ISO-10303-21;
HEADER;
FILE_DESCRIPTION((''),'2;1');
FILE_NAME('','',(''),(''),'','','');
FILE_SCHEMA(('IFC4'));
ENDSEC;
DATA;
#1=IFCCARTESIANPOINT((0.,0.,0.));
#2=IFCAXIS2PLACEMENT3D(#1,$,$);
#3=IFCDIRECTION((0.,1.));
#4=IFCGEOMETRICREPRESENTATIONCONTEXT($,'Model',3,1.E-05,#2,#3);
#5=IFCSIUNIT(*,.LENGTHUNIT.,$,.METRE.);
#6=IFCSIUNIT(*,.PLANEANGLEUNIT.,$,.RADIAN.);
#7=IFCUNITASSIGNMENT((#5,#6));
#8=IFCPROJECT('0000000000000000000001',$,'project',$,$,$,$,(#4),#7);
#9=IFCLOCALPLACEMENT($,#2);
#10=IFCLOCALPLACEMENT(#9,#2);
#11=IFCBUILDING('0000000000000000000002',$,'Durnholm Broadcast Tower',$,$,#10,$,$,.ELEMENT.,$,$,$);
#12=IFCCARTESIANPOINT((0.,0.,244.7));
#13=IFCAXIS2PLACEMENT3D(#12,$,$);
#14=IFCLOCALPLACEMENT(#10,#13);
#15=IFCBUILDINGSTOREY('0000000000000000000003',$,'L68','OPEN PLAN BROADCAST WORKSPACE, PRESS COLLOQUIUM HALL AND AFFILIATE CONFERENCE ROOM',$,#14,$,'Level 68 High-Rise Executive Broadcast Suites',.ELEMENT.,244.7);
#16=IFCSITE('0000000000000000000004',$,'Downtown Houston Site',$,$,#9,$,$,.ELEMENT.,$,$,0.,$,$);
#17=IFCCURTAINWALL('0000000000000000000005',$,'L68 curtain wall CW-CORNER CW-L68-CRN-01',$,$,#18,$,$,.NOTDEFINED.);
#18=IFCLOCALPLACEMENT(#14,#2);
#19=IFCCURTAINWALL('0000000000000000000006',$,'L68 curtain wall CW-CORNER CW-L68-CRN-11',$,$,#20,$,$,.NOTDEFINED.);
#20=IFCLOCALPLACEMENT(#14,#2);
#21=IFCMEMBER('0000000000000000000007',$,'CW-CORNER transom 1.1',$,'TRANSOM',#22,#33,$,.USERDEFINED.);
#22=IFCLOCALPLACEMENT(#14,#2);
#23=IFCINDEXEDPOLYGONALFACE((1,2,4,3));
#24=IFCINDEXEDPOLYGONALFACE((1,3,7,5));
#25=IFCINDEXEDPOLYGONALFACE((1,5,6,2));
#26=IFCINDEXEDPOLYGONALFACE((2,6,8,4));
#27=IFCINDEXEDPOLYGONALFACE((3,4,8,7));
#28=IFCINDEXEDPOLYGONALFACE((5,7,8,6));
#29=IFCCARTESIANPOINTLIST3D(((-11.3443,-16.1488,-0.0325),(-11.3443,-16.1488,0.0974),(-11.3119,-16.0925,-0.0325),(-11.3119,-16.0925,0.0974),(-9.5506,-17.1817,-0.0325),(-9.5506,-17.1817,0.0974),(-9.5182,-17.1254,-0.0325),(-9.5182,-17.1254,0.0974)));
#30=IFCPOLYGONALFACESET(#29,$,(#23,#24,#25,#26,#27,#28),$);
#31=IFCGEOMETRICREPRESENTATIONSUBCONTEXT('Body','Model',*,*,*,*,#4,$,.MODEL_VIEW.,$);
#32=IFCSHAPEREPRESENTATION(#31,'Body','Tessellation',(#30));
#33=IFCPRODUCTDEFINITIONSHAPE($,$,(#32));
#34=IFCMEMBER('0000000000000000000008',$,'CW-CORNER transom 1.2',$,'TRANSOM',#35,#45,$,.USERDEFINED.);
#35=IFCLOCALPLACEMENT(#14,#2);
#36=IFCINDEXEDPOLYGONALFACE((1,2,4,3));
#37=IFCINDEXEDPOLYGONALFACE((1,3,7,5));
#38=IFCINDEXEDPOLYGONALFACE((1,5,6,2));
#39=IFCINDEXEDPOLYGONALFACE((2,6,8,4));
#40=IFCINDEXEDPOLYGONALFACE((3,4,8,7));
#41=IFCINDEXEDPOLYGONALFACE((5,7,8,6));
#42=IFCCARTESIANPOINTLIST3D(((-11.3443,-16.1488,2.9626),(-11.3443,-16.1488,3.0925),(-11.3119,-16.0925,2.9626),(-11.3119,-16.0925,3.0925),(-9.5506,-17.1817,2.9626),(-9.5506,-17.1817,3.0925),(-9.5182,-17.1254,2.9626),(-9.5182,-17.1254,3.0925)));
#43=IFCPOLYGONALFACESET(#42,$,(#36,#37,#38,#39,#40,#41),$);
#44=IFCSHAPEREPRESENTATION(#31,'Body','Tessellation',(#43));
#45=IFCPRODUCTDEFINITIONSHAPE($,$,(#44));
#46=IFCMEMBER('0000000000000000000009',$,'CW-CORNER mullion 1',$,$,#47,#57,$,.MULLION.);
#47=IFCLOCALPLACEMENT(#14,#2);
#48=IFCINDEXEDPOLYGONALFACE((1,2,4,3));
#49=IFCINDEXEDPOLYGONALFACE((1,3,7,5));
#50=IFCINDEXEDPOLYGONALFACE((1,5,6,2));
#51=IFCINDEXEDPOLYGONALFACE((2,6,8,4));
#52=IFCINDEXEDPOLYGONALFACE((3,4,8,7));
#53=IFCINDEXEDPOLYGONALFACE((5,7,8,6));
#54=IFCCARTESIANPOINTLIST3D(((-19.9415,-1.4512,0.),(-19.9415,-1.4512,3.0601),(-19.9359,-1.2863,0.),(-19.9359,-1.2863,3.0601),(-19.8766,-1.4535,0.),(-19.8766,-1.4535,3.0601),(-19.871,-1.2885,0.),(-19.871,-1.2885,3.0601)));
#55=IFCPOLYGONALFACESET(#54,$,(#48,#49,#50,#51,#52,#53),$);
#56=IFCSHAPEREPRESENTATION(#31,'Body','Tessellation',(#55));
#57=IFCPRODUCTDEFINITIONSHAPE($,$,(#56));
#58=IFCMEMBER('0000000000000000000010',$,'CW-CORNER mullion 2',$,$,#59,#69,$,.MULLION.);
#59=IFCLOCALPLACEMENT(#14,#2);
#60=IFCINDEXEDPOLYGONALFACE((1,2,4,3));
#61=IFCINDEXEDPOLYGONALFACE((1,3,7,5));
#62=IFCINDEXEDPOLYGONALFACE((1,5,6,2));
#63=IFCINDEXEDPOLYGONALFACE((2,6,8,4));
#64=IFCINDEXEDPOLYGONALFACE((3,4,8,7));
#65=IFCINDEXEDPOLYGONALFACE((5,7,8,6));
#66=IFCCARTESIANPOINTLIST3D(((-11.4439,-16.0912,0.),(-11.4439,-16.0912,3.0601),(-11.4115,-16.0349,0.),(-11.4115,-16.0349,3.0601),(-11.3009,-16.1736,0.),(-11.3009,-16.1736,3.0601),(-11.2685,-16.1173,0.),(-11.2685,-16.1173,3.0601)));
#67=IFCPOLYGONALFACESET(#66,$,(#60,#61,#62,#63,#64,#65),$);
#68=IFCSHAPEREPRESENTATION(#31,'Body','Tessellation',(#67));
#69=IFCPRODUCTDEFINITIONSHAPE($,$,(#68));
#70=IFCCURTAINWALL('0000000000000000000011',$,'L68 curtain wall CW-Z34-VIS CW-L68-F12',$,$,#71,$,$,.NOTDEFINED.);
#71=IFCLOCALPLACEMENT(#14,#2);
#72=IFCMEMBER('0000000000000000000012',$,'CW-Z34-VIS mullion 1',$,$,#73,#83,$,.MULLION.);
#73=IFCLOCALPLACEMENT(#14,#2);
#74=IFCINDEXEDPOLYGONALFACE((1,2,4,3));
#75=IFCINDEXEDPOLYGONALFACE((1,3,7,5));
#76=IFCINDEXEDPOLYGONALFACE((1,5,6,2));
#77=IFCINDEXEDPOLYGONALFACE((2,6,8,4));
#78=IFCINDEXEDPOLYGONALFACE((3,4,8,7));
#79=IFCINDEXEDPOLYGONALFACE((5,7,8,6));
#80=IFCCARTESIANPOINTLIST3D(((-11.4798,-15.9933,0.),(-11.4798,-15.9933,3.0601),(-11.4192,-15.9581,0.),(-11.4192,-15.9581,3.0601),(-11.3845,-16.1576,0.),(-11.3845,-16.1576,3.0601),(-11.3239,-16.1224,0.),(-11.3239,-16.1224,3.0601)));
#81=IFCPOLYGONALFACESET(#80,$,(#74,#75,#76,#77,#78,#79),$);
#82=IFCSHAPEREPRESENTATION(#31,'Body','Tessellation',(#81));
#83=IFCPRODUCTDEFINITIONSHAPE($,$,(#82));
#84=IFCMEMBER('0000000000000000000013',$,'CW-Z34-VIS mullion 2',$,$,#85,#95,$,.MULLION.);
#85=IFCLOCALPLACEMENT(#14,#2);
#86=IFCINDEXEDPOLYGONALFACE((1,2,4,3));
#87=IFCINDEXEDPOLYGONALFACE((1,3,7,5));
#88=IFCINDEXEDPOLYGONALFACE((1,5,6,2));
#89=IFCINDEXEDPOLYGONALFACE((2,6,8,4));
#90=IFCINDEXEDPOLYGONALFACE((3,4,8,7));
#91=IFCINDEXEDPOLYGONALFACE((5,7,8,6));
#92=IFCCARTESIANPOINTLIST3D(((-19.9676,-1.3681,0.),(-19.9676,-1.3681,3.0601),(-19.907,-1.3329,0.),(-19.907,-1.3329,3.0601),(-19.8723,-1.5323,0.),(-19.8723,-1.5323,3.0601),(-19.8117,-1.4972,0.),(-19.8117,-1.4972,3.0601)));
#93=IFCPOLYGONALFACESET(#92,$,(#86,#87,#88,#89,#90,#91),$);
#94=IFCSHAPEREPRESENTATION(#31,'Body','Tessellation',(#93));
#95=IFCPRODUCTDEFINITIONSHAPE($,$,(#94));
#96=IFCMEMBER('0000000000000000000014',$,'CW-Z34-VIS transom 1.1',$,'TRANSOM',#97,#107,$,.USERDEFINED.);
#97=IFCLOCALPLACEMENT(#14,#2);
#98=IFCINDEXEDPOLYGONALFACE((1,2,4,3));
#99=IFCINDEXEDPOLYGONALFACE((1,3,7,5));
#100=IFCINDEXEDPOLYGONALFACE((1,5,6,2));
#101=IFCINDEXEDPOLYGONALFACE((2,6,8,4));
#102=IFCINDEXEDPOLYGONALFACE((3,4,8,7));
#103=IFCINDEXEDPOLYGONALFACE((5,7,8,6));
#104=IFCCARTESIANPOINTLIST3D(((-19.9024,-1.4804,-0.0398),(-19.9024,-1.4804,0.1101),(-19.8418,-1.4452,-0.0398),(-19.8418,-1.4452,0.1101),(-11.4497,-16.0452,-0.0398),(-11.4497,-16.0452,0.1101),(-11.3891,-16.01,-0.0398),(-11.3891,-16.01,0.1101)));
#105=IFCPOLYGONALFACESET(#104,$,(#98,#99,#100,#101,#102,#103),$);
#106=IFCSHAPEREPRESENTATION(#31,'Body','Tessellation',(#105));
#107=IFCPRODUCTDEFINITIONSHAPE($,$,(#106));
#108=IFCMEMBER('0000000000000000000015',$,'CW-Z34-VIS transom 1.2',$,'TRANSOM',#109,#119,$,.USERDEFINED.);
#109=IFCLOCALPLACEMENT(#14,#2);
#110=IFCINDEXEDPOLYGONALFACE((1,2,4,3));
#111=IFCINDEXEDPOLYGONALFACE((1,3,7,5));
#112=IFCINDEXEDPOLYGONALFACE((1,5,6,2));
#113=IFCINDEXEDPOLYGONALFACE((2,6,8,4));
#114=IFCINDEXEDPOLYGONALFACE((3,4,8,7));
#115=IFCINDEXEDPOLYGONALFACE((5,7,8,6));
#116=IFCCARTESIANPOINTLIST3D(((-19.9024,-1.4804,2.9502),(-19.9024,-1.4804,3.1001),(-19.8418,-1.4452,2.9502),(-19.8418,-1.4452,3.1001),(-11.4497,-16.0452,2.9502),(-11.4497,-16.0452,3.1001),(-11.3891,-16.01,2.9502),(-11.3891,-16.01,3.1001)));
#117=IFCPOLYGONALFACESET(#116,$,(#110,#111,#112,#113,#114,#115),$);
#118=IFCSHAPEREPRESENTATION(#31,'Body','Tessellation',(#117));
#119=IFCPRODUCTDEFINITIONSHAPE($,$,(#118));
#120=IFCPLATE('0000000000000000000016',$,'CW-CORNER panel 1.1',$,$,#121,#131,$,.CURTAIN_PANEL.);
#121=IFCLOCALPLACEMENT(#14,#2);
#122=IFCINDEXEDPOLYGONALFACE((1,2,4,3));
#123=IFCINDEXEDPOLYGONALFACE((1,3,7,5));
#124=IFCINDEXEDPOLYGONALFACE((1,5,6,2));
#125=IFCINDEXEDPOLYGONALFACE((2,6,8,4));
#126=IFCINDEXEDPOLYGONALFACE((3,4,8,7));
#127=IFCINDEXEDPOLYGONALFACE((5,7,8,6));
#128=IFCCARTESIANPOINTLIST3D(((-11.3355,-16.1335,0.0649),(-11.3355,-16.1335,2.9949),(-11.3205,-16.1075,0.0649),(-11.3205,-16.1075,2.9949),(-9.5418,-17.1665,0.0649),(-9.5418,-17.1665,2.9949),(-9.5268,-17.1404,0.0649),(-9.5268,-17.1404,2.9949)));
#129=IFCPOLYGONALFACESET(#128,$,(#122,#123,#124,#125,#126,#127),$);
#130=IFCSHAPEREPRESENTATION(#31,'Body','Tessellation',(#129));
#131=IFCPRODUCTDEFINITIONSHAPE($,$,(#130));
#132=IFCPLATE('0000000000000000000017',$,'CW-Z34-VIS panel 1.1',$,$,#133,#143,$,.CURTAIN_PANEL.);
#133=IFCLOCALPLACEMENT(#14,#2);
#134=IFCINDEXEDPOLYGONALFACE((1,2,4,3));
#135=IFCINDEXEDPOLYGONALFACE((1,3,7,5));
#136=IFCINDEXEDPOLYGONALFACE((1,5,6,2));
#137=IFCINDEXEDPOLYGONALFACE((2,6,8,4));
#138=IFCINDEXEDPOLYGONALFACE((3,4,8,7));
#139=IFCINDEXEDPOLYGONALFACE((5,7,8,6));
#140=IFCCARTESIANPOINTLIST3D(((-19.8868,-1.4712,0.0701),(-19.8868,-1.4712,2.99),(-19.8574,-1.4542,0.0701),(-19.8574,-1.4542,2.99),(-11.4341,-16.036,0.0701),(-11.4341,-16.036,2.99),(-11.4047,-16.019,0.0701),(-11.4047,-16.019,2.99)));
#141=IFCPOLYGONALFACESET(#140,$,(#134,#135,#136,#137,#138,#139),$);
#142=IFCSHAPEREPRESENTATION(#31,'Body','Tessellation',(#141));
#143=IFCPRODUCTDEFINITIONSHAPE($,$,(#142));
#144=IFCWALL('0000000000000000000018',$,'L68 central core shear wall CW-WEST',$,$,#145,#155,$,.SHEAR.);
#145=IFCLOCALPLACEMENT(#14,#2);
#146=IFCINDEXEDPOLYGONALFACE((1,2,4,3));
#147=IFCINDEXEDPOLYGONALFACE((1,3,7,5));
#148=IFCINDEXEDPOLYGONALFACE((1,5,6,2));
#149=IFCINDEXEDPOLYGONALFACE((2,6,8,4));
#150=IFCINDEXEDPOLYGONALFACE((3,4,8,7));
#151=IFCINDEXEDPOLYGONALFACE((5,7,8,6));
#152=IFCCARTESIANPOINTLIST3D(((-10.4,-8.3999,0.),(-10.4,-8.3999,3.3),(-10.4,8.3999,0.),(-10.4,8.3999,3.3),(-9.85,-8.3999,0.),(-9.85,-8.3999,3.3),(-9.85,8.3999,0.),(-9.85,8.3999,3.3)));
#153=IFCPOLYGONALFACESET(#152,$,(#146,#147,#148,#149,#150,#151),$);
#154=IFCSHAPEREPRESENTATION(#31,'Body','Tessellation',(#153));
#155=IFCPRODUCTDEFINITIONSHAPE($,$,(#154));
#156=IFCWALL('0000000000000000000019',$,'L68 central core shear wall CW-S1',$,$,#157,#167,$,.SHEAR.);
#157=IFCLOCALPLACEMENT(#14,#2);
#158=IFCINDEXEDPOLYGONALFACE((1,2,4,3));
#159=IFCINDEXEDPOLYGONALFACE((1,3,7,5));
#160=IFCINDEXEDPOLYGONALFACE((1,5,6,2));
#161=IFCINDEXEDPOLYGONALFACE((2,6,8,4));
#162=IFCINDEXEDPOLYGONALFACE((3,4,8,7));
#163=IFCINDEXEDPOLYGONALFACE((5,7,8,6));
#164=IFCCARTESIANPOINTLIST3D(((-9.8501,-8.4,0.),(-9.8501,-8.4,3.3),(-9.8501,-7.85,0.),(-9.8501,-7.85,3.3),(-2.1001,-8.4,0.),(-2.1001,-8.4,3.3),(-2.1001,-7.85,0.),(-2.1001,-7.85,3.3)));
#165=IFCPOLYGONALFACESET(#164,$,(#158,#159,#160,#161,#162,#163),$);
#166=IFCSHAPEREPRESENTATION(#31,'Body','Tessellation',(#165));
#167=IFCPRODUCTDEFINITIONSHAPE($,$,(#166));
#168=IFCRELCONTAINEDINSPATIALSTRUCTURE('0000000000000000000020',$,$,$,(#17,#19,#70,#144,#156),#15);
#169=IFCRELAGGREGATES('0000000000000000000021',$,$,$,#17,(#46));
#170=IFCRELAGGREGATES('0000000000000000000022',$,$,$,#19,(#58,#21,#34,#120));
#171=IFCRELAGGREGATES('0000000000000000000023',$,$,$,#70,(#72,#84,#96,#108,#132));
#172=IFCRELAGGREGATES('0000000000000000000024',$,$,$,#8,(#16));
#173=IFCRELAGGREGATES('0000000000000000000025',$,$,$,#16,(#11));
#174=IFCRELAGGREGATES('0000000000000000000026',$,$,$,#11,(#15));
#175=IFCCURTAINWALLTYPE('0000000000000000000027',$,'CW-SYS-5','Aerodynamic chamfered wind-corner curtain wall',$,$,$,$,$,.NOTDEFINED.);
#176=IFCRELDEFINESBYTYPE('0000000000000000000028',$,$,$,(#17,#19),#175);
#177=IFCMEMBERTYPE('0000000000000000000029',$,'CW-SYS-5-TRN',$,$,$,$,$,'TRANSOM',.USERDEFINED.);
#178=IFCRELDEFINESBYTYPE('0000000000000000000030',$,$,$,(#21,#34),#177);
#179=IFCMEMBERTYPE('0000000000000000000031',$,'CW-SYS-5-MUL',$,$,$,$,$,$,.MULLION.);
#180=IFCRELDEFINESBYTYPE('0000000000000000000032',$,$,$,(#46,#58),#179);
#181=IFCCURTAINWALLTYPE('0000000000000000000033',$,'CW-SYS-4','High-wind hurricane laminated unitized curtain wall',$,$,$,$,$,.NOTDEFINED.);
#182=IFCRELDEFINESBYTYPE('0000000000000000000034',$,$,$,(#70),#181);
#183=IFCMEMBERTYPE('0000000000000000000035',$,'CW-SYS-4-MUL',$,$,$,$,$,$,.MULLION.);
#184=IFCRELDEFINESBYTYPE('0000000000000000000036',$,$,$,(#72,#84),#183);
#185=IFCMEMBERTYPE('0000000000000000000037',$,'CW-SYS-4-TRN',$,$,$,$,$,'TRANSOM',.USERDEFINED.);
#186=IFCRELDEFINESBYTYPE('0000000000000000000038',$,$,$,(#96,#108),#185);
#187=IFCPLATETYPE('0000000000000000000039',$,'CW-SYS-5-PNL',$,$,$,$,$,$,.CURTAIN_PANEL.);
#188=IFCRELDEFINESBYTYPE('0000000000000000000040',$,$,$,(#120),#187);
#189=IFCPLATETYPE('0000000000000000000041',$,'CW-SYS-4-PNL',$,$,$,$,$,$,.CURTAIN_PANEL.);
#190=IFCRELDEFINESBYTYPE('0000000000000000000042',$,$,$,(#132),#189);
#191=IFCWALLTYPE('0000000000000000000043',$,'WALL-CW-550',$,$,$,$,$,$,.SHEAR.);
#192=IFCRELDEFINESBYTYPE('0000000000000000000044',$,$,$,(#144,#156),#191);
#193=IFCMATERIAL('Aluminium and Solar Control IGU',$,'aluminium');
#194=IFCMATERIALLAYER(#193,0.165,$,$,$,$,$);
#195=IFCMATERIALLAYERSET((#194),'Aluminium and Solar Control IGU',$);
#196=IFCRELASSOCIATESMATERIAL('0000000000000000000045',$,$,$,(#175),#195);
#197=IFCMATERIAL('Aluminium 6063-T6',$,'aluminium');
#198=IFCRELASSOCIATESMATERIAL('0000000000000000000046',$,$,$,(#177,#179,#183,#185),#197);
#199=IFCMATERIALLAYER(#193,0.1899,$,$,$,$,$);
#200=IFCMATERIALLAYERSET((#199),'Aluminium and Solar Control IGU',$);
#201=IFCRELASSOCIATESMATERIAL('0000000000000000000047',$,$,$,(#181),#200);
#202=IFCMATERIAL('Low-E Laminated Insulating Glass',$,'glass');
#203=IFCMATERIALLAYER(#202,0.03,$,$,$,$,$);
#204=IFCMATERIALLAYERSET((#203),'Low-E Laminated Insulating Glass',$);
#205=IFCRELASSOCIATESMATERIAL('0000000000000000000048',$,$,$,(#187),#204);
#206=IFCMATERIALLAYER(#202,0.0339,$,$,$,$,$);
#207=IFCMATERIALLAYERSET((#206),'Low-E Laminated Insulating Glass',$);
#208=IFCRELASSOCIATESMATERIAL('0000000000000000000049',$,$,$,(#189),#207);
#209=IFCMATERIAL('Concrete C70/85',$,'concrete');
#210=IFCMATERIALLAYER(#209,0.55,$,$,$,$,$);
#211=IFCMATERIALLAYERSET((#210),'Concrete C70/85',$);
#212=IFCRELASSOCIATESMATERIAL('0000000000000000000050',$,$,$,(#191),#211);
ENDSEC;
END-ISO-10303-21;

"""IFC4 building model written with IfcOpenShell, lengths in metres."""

from ifc_helpers import new_model, si_unit, direction, frame, frame_2d, origin, origin_2d, place, context, subcontext, project, spatial, rectangle, extrude, source, transform, mapped, material, layer, layer_set, material_profile, profile_set, type_object, type_shapes, element, aggregate, save


model = new_model("IFC4")

# Units and contexts
model_context = context("Model", 3, precision=1e-05, world=origin(), true_north=direction((0.0, 1.0)))
body_context = subcontext(model_context, "Body", "Model", "MODEL_VIEW")
ifc_project = project(units=[si_unit("LENGTHUNIT", "METRE"), si_unit("PLANEANGLEUNIT", "RADIAN")], contexts=[model_context])

# Site, building, storey
site_placement = place(None, origin())
site = spatial("IfcSite", under=ifc_project, at=site_placement, Name="Downtown Houston Site", CompositionType="ELEMENT", RefElevation=0.0)
building_placement = place(site_placement, origin())
building = spatial("IfcBuilding", under=site, at=building_placement, Name="Durnholm Broadcast Tower", CompositionType="ELEMENT")
storey_placement = place(building_placement, frame((0.0, 0.0, 244.7)))
storey = spatial("IfcBuildingStorey", under=building, at=storey_placement, Name="L68", Description="OPEN PLAN BROADCAST WORKSPACE, PRESS COLLOQUIUM HALL AND AFFILIATE CONFERENCE ROOM", LongName="Level 68 High-Rise Executive Broadcast Suites", CompositionType="ELEMENT", Elevation=244.7)

# Shared definitions
ifc_material_1 = material(Name="Concrete C70/85", Category="concrete")

# Curtain wall
ifc_material_2 = material(Name="Aluminium and Solar Control IGU", Category="aluminium")
ifc_layer_1 = layer(ifc_material_2, 0.165)
ifc_layer_set_1 = layer_set([ifc_layer_1], Name="Aluminium and Solar Control IGU")
curtain_wall_type_1 = type_object("IfcCurtainWallType", Name="CW-SYS-5", Description="Aerodynamic chamfered wind-corner curtain wall", PredefinedType="NOTDEFINED", material=ifc_layer_set_1)
curtain_wall_1_placement = place(storey_placement, origin())
curtain_wall_1 = element("IfcCurtainWall", 1, at=curtain_wall_1_placement, inside=storey, type_object=curtain_wall_type_1, Name="L68 curtain wall CW-CORNER CW-L68-CRN-01", PredefinedType="NOTDEFINED")
ifc_material_3 = material(Name="Aluminium 6063-T6", Category="aluminium")
ifc_material_profile_1 = material_profile(ifc_material_3, rectangle(XDim=0.0649, YDim=0.1299, at=origin_2d()), Name="CWT65X130")
ifc_profile_set_1 = profile_set([ifc_material_profile_1], Name="Aluminium 6063-T6")
member_type_1 = type_object("IfcMemberType", Name="CW-SYS-5-TRN", ElementType="TRANSOM", PredefinedType="USERDEFINED", material=ifc_profile_set_1)

# Curtain wall, members
curtain_wall_2_placement = place(storey_placement, origin())
curtain_wall_2 = element("IfcCurtainWall", 2, at=curtain_wall_2_placement, inside=storey, type_object=curtain_wall_type_1, Name="L68 curtain wall CW-CORNER CW-L68-CRN-11", PredefinedType="NOTDEFINED")
shared_shape_1 = source(origin(), body_context, "Body", "SweptSolid", [
    extrude(rectangle(XDim=0.0649, YDim=0.1299, at=origin_2d()), origin(), (0.0, 0.0, 1.0), 2.0698),
])
member_1_placement = place(storey_placement, frame((-9.5344, -17.1536, 0.0325), z_axis=(-0.866576, 0.499045, 0.0), x_axis=(-0.499045, -0.866576, 0.0)))
member_1 = element("IfcMember", 3, at=member_1_placement, type_object=member_type_1, Name="CW-CORNER transom 1.1", ObjectType="TRANSOM", PredefinedType="USERDEFINED", context=body_context, shape_type="MappedRepresentation", body=[
    mapped(shared_shape_1, transform((0.0, 0.0, 0.0), x_axis=(1.0, 0.0, 0.0), y_axis=(0.0, 1.0, 0.0), z_axis=(0.0, 0.0, 1.0), scale=1.0)),
])
member_2_placement = place(storey_placement, frame((-9.5344, -17.1536, 3.0276), z_axis=(-0.866576, 0.499045, 0.0), x_axis=(-0.499045, -0.866576, 0.0)))
member_2 = element("IfcMember", 4, at=member_2_placement, type_object=member_type_1, Name="CW-CORNER transom 1.2", ObjectType="TRANSOM", PredefinedType="USERDEFINED", context=body_context, shape_type="MappedRepresentation", body=[
    mapped(shared_shape_1, transform((0.0, 0.0, 0.0), x_axis=(1.0, 0.0, 0.0), y_axis=(0.0, 1.0, 0.0), z_axis=(0.0, 0.0, 1.0), scale=1.0)),
])

# Members
ifc_material_profile_2 = material_profile(ifc_material_3, rectangle(XDim=0.0649, YDim=0.165, at=origin_2d()), Name="CWM65X165")
ifc_profile_set_2 = profile_set([ifc_material_profile_2], Name="Aluminium 6063-T6")
member_type_2 = type_object("IfcMemberType", Name="CW-SYS-5-MUL", PredefinedType="MULLION", material=ifc_profile_set_2)
shared_shape_2 = source(origin(), body_context, "Body", "SweptSolid", [
    extrude(rectangle(XDim=0.0649, YDim=0.165, at=origin_2d()), origin(), (0.0, 0.0, 1.0), 3.0601),
])
type_shapes(member_type_2, [shared_shape_2])
member_3_placement = place(storey_placement, frame((-19.9062, -1.3699, 0.0), z_axis=(0.0, 0.0, 1.0), x_axis=(-0.999411, 0.034318, 0.0)))
member_3 = element("IfcMember", 5, at=member_3_placement, type_object=member_type_2, Name="CW-CORNER mullion 1", PredefinedType="MULLION", context=body_context, shape_type="MappedRepresentation", body=[
    mapped(shared_shape_2, transform((0.0, 0.0, 0.0), x_axis=(1.0, 0.0, 0.0), y_axis=(0.0, 1.0, 0.0), z_axis=(0.0, 0.0, 1.0), scale=1.0)),
])
aggregate(curtain_wall_1, [member_3])
member_4_placement = place(storey_placement, frame((-11.3562, -16.1042, 0.0), z_axis=(0.0, 0.0, 1.0), x_axis=(-0.499059, -0.866568, 0.0)))
member_4 = element("IfcMember", 6, at=member_4_placement, type_object=member_type_2, Name="CW-CORNER mullion 2", PredefinedType="MULLION", context=body_context, shape_type="MappedRepresentation", body=[
    mapped(shared_shape_2, transform((0.0, 0.0, 0.0), x_axis=(1.0, 0.0, 0.0), y_axis=(0.0, 1.0, 0.0), z_axis=(0.0, 0.0, 1.0), scale=1.0)),
])

# Curtain wall, members
ifc_layer_2 = layer(ifc_material_2, 0.1899)
ifc_layer_set_2 = layer_set([ifc_layer_2], Name="Aluminium and Solar Control IGU")
curtain_wall_type_2 = type_object("IfcCurtainWallType", Name="CW-SYS-4", Description="High-wind hurricane laminated unitized curtain wall", PredefinedType="NOTDEFINED", material=ifc_layer_set_2)
curtain_wall_3_placement = place(storey_placement, origin())
curtain_wall_3 = element("IfcCurtainWall", 7, at=curtain_wall_3_placement, inside=storey, type_object=curtain_wall_type_2, Name="L68 curtain wall CW-Z34-VIS CW-L68-F12", PredefinedType="NOTDEFINED")
ifc_material_profile_3 = material_profile(ifc_material_3, rectangle(XDim=0.0701, YDim=0.1899, at=origin_2d()), Name="CWM70X190")
ifc_profile_set_3 = profile_set([ifc_material_profile_3], Name="Aluminium 6063-T6")
member_type_3 = type_object("IfcMemberType", Name="CW-SYS-4-MUL", PredefinedType="MULLION", material=ifc_profile_set_3)
shared_shape_3 = source(origin(), body_context, "Body", "SweptSolid", [
    extrude(rectangle(XDim=0.0701, YDim=0.1899, at=origin_2d()), origin(), (0.0, 0.0, 1.0), 3.0601),
])
type_shapes(member_type_3, [shared_shape_3])
member_5_placement = place(storey_placement, frame((-11.4019, -16.0579, 0.0), z_axis=(0.0, 0.0, 1.0), x_axis=(-0.8649, -0.501944, 0.0)))
member_5 = element("IfcMember", 8, at=member_5_placement, type_object=member_type_3, Name="CW-Z34-VIS mullion 1", PredefinedType="MULLION", context=body_context, shape_type="MappedRepresentation", body=[
    mapped(shared_shape_3, transform((0.0, 0.0, 0.0), x_axis=(1.0, 0.0, 0.0), y_axis=(0.0, 1.0, 0.0), z_axis=(0.0, 0.0, 1.0), scale=1.0)),
])
member_6_placement = place(storey_placement, frame((-19.8896, -1.4326, 0.0), z_axis=(0.0, 0.0, 1.0), x_axis=(-0.8649, -0.501944, 0.0)))
member_6 = element("IfcMember", 9, at=member_6_placement, type_object=member_type_3, Name="CW-Z34-VIS mullion 2", PredefinedType="MULLION", context=body_context, shape_type="MappedRepresentation", body=[
    mapped(shared_shape_3, transform((0.0, 0.0, 0.0), x_axis=(1.0, 0.0, 0.0), y_axis=(0.0, 1.0, 0.0), z_axis=(0.0, 0.0, 1.0), scale=1.0)),
])
ifc_material_profile_4 = material_profile(ifc_material_3, rectangle(XDim=0.0701, YDim=0.1499, at=origin_2d()), Name="CWT70X150")
ifc_profile_set_4 = profile_set([ifc_material_profile_4], Name="Aluminium 6063-T6")
member_type_4 = type_object("IfcMemberType", Name="CW-SYS-4-TRN", ElementType="TRANSOM", PredefinedType="USERDEFINED", material=ifc_profile_set_4)
shared_shape_4 = source(origin(), body_context, "Body", "SweptSolid", [
    extrude(rectangle(XDim=0.0701, YDim=0.1499, at=origin_2d()), origin(), (0.0, 0.0, 1.0), 16.8398),
])
type_shapes(member_type_4, [shared_shape_4])
member_7_placement = place(storey_placement, frame((-11.4194, -16.0276, 0.0352), z_axis=(-0.501945, 0.864899, 0.0), x_axis=(-0.864899, -0.501945, 0.0)))
member_7 = element("IfcMember", 10, at=member_7_placement, type_object=member_type_4, Name="CW-Z34-VIS transom 1.1", ObjectType="TRANSOM", PredefinedType="USERDEFINED", context=body_context, shape_type="MappedRepresentation", body=[
    mapped(shared_shape_4, transform((0.0, 0.0, 0.0), x_axis=(1.0, 0.0, 0.0), y_axis=(0.0, 1.0, 0.0), z_axis=(0.0, 0.0, 1.0), scale=1.0)),
])
member_8_placement = place(storey_placement, frame((-11.4194, -16.0276, 3.0251), z_axis=(-0.501945, 0.864899, 0.0), x_axis=(-0.864899, -0.501945, 0.0)))
member_8 = element("IfcMember", 11, at=member_8_placement, type_object=member_type_4, Name="CW-Z34-VIS transom 1.2", ObjectType="TRANSOM", PredefinedType="USERDEFINED", context=body_context, shape_type="MappedRepresentation", body=[
    mapped(shared_shape_4, transform((0.0, 0.0, 0.0), x_axis=(1.0, 0.0, 0.0), y_axis=(0.0, 1.0, 0.0), z_axis=(0.0, 0.0, 1.0), scale=1.0)),
])

# Plates
ifc_material_4 = material(Name="Low-E Laminated Insulating Glass", Category="glass")
ifc_layer_3 = layer(ifc_material_4, 0.03)
ifc_layer_set_3 = layer_set([ifc_layer_3], Name="Low-E Laminated Insulating Glass")
plate_type_1 = type_object("IfcPlateType", Name="CW-SYS-5-PNL", PredefinedType="CURTAIN_PANEL", material=ifc_layer_set_3)
shared_shape_5 = source(origin(), body_context, "Body", "SweptSolid", [
    extrude(rectangle(XDim=2.0698, YDim=0.03, at=origin_2d()), origin(), (0.0, 0.0, 1.0), 2.9299),
])
type_shapes(plate_type_1, [shared_shape_5])
plate_1_placement = place(storey_placement, frame((-10.4312, -16.637, 0.0649), z_axis=(0.0, 0.0, 1.0), x_axis=(-0.866568, 0.499059, 0.0)))
plate_1 = element("IfcPlate", 12, at=plate_1_placement, type_object=plate_type_1, Name="CW-CORNER panel 1.1", PredefinedType="CURTAIN_PANEL", context=body_context, shape_type="MappedRepresentation", body=[
    mapped(shared_shape_5, transform((0.0, 0.0, 0.0), x_axis=(1.0, 0.0, 0.0), y_axis=(0.0, 1.0, 0.0), z_axis=(0.0, 0.0, 1.0), scale=1.0)),
])
aggregate(curtain_wall_2, [member_4, member_1, member_2, plate_1])
ifc_layer_4 = layer(ifc_material_4, 0.0339)
ifc_layer_set_4 = layer_set([ifc_layer_4], Name="Low-E Laminated Insulating Glass")
plate_type_2 = type_object("IfcPlateType", Name="CW-SYS-4-PNL", PredefinedType="CURTAIN_PANEL", material=ifc_layer_set_4)
shared_shape_6 = source(origin(), body_context, "Body", "SweptSolid", [
    extrude(rectangle(XDim=16.8398, YDim=0.0339, at=origin_2d()), origin(), (0.0, 0.0, 1.0), 2.9199),
])
type_shapes(plate_type_2, [shared_shape_6])
plate_2_placement = place(storey_placement, frame((-15.6458, -8.7451, 0.0701), z_axis=(0.0, 0.0, 1.0), x_axis=(-0.501944, 0.8649, 0.0)))
plate_2 = element("IfcPlate", 13, at=plate_2_placement, type_object=plate_type_2, Name="CW-Z34-VIS panel 1.1", PredefinedType="CURTAIN_PANEL", context=body_context, shape_type="MappedRepresentation", body=[
    mapped(shared_shape_6, transform((0.0, 0.0, 0.0), x_axis=(1.0, 0.0, 0.0), y_axis=(0.0, 1.0, 0.0), z_axis=(0.0, 0.0, 1.0), scale=1.0)),
])
aggregate(curtain_wall_3, [member_5, member_6, member_7, member_8, plate_2])

# Walls
ifc_layer_5 = layer(ifc_material_1, 0.55)
ifc_layer_set_5 = layer_set([ifc_layer_5], Name="Concrete C70/85")
wall_type_1 = type_object("IfcWallType", Name="WALL-CW-550", PredefinedType="SHEAR", material=ifc_layer_set_5)
wall_1_placement = place(storey_placement, frame((-10.125, -8.3999, 0.0), z_axis=(0.0, 0.0, 1.0), x_axis=(0.0, 1.0, 0.0)))
element("IfcWall", 14, at=wall_1_placement, inside=storey, type_object=wall_type_1, Name="L68 central core shear wall CW-WEST", PredefinedType="SHEAR", context=body_context, shape_type="SweptSolid", body=[
    extrude(rectangle(XDim=16.7998, YDim=0.55, at=frame_2d((8.3999, 0.0))), origin(), (0.0, 0.0, 1.0), 3.3),
])
wall_2_placement = place(storey_placement, frame((-9.8501, -8.125, 0.0), z_axis=(0.0, 0.0, 1.0), x_axis=(1.0, 0.0, 0.0)))
element("IfcWall", 15, at=wall_2_placement, inside=storey, type_object=wall_type_1, Name="L68 central core shear wall CW-S1", PredefinedType="SHEAR", context=body_context, shape_type="SweptSolid", body=[
    extrude(rectangle(XDim=7.75, YDim=0.55, at=frame_2d((3.875, 0.0))), origin(), (0.0, 0.0, 1.0), 3.3),
])

save(model, "model.ifc")
